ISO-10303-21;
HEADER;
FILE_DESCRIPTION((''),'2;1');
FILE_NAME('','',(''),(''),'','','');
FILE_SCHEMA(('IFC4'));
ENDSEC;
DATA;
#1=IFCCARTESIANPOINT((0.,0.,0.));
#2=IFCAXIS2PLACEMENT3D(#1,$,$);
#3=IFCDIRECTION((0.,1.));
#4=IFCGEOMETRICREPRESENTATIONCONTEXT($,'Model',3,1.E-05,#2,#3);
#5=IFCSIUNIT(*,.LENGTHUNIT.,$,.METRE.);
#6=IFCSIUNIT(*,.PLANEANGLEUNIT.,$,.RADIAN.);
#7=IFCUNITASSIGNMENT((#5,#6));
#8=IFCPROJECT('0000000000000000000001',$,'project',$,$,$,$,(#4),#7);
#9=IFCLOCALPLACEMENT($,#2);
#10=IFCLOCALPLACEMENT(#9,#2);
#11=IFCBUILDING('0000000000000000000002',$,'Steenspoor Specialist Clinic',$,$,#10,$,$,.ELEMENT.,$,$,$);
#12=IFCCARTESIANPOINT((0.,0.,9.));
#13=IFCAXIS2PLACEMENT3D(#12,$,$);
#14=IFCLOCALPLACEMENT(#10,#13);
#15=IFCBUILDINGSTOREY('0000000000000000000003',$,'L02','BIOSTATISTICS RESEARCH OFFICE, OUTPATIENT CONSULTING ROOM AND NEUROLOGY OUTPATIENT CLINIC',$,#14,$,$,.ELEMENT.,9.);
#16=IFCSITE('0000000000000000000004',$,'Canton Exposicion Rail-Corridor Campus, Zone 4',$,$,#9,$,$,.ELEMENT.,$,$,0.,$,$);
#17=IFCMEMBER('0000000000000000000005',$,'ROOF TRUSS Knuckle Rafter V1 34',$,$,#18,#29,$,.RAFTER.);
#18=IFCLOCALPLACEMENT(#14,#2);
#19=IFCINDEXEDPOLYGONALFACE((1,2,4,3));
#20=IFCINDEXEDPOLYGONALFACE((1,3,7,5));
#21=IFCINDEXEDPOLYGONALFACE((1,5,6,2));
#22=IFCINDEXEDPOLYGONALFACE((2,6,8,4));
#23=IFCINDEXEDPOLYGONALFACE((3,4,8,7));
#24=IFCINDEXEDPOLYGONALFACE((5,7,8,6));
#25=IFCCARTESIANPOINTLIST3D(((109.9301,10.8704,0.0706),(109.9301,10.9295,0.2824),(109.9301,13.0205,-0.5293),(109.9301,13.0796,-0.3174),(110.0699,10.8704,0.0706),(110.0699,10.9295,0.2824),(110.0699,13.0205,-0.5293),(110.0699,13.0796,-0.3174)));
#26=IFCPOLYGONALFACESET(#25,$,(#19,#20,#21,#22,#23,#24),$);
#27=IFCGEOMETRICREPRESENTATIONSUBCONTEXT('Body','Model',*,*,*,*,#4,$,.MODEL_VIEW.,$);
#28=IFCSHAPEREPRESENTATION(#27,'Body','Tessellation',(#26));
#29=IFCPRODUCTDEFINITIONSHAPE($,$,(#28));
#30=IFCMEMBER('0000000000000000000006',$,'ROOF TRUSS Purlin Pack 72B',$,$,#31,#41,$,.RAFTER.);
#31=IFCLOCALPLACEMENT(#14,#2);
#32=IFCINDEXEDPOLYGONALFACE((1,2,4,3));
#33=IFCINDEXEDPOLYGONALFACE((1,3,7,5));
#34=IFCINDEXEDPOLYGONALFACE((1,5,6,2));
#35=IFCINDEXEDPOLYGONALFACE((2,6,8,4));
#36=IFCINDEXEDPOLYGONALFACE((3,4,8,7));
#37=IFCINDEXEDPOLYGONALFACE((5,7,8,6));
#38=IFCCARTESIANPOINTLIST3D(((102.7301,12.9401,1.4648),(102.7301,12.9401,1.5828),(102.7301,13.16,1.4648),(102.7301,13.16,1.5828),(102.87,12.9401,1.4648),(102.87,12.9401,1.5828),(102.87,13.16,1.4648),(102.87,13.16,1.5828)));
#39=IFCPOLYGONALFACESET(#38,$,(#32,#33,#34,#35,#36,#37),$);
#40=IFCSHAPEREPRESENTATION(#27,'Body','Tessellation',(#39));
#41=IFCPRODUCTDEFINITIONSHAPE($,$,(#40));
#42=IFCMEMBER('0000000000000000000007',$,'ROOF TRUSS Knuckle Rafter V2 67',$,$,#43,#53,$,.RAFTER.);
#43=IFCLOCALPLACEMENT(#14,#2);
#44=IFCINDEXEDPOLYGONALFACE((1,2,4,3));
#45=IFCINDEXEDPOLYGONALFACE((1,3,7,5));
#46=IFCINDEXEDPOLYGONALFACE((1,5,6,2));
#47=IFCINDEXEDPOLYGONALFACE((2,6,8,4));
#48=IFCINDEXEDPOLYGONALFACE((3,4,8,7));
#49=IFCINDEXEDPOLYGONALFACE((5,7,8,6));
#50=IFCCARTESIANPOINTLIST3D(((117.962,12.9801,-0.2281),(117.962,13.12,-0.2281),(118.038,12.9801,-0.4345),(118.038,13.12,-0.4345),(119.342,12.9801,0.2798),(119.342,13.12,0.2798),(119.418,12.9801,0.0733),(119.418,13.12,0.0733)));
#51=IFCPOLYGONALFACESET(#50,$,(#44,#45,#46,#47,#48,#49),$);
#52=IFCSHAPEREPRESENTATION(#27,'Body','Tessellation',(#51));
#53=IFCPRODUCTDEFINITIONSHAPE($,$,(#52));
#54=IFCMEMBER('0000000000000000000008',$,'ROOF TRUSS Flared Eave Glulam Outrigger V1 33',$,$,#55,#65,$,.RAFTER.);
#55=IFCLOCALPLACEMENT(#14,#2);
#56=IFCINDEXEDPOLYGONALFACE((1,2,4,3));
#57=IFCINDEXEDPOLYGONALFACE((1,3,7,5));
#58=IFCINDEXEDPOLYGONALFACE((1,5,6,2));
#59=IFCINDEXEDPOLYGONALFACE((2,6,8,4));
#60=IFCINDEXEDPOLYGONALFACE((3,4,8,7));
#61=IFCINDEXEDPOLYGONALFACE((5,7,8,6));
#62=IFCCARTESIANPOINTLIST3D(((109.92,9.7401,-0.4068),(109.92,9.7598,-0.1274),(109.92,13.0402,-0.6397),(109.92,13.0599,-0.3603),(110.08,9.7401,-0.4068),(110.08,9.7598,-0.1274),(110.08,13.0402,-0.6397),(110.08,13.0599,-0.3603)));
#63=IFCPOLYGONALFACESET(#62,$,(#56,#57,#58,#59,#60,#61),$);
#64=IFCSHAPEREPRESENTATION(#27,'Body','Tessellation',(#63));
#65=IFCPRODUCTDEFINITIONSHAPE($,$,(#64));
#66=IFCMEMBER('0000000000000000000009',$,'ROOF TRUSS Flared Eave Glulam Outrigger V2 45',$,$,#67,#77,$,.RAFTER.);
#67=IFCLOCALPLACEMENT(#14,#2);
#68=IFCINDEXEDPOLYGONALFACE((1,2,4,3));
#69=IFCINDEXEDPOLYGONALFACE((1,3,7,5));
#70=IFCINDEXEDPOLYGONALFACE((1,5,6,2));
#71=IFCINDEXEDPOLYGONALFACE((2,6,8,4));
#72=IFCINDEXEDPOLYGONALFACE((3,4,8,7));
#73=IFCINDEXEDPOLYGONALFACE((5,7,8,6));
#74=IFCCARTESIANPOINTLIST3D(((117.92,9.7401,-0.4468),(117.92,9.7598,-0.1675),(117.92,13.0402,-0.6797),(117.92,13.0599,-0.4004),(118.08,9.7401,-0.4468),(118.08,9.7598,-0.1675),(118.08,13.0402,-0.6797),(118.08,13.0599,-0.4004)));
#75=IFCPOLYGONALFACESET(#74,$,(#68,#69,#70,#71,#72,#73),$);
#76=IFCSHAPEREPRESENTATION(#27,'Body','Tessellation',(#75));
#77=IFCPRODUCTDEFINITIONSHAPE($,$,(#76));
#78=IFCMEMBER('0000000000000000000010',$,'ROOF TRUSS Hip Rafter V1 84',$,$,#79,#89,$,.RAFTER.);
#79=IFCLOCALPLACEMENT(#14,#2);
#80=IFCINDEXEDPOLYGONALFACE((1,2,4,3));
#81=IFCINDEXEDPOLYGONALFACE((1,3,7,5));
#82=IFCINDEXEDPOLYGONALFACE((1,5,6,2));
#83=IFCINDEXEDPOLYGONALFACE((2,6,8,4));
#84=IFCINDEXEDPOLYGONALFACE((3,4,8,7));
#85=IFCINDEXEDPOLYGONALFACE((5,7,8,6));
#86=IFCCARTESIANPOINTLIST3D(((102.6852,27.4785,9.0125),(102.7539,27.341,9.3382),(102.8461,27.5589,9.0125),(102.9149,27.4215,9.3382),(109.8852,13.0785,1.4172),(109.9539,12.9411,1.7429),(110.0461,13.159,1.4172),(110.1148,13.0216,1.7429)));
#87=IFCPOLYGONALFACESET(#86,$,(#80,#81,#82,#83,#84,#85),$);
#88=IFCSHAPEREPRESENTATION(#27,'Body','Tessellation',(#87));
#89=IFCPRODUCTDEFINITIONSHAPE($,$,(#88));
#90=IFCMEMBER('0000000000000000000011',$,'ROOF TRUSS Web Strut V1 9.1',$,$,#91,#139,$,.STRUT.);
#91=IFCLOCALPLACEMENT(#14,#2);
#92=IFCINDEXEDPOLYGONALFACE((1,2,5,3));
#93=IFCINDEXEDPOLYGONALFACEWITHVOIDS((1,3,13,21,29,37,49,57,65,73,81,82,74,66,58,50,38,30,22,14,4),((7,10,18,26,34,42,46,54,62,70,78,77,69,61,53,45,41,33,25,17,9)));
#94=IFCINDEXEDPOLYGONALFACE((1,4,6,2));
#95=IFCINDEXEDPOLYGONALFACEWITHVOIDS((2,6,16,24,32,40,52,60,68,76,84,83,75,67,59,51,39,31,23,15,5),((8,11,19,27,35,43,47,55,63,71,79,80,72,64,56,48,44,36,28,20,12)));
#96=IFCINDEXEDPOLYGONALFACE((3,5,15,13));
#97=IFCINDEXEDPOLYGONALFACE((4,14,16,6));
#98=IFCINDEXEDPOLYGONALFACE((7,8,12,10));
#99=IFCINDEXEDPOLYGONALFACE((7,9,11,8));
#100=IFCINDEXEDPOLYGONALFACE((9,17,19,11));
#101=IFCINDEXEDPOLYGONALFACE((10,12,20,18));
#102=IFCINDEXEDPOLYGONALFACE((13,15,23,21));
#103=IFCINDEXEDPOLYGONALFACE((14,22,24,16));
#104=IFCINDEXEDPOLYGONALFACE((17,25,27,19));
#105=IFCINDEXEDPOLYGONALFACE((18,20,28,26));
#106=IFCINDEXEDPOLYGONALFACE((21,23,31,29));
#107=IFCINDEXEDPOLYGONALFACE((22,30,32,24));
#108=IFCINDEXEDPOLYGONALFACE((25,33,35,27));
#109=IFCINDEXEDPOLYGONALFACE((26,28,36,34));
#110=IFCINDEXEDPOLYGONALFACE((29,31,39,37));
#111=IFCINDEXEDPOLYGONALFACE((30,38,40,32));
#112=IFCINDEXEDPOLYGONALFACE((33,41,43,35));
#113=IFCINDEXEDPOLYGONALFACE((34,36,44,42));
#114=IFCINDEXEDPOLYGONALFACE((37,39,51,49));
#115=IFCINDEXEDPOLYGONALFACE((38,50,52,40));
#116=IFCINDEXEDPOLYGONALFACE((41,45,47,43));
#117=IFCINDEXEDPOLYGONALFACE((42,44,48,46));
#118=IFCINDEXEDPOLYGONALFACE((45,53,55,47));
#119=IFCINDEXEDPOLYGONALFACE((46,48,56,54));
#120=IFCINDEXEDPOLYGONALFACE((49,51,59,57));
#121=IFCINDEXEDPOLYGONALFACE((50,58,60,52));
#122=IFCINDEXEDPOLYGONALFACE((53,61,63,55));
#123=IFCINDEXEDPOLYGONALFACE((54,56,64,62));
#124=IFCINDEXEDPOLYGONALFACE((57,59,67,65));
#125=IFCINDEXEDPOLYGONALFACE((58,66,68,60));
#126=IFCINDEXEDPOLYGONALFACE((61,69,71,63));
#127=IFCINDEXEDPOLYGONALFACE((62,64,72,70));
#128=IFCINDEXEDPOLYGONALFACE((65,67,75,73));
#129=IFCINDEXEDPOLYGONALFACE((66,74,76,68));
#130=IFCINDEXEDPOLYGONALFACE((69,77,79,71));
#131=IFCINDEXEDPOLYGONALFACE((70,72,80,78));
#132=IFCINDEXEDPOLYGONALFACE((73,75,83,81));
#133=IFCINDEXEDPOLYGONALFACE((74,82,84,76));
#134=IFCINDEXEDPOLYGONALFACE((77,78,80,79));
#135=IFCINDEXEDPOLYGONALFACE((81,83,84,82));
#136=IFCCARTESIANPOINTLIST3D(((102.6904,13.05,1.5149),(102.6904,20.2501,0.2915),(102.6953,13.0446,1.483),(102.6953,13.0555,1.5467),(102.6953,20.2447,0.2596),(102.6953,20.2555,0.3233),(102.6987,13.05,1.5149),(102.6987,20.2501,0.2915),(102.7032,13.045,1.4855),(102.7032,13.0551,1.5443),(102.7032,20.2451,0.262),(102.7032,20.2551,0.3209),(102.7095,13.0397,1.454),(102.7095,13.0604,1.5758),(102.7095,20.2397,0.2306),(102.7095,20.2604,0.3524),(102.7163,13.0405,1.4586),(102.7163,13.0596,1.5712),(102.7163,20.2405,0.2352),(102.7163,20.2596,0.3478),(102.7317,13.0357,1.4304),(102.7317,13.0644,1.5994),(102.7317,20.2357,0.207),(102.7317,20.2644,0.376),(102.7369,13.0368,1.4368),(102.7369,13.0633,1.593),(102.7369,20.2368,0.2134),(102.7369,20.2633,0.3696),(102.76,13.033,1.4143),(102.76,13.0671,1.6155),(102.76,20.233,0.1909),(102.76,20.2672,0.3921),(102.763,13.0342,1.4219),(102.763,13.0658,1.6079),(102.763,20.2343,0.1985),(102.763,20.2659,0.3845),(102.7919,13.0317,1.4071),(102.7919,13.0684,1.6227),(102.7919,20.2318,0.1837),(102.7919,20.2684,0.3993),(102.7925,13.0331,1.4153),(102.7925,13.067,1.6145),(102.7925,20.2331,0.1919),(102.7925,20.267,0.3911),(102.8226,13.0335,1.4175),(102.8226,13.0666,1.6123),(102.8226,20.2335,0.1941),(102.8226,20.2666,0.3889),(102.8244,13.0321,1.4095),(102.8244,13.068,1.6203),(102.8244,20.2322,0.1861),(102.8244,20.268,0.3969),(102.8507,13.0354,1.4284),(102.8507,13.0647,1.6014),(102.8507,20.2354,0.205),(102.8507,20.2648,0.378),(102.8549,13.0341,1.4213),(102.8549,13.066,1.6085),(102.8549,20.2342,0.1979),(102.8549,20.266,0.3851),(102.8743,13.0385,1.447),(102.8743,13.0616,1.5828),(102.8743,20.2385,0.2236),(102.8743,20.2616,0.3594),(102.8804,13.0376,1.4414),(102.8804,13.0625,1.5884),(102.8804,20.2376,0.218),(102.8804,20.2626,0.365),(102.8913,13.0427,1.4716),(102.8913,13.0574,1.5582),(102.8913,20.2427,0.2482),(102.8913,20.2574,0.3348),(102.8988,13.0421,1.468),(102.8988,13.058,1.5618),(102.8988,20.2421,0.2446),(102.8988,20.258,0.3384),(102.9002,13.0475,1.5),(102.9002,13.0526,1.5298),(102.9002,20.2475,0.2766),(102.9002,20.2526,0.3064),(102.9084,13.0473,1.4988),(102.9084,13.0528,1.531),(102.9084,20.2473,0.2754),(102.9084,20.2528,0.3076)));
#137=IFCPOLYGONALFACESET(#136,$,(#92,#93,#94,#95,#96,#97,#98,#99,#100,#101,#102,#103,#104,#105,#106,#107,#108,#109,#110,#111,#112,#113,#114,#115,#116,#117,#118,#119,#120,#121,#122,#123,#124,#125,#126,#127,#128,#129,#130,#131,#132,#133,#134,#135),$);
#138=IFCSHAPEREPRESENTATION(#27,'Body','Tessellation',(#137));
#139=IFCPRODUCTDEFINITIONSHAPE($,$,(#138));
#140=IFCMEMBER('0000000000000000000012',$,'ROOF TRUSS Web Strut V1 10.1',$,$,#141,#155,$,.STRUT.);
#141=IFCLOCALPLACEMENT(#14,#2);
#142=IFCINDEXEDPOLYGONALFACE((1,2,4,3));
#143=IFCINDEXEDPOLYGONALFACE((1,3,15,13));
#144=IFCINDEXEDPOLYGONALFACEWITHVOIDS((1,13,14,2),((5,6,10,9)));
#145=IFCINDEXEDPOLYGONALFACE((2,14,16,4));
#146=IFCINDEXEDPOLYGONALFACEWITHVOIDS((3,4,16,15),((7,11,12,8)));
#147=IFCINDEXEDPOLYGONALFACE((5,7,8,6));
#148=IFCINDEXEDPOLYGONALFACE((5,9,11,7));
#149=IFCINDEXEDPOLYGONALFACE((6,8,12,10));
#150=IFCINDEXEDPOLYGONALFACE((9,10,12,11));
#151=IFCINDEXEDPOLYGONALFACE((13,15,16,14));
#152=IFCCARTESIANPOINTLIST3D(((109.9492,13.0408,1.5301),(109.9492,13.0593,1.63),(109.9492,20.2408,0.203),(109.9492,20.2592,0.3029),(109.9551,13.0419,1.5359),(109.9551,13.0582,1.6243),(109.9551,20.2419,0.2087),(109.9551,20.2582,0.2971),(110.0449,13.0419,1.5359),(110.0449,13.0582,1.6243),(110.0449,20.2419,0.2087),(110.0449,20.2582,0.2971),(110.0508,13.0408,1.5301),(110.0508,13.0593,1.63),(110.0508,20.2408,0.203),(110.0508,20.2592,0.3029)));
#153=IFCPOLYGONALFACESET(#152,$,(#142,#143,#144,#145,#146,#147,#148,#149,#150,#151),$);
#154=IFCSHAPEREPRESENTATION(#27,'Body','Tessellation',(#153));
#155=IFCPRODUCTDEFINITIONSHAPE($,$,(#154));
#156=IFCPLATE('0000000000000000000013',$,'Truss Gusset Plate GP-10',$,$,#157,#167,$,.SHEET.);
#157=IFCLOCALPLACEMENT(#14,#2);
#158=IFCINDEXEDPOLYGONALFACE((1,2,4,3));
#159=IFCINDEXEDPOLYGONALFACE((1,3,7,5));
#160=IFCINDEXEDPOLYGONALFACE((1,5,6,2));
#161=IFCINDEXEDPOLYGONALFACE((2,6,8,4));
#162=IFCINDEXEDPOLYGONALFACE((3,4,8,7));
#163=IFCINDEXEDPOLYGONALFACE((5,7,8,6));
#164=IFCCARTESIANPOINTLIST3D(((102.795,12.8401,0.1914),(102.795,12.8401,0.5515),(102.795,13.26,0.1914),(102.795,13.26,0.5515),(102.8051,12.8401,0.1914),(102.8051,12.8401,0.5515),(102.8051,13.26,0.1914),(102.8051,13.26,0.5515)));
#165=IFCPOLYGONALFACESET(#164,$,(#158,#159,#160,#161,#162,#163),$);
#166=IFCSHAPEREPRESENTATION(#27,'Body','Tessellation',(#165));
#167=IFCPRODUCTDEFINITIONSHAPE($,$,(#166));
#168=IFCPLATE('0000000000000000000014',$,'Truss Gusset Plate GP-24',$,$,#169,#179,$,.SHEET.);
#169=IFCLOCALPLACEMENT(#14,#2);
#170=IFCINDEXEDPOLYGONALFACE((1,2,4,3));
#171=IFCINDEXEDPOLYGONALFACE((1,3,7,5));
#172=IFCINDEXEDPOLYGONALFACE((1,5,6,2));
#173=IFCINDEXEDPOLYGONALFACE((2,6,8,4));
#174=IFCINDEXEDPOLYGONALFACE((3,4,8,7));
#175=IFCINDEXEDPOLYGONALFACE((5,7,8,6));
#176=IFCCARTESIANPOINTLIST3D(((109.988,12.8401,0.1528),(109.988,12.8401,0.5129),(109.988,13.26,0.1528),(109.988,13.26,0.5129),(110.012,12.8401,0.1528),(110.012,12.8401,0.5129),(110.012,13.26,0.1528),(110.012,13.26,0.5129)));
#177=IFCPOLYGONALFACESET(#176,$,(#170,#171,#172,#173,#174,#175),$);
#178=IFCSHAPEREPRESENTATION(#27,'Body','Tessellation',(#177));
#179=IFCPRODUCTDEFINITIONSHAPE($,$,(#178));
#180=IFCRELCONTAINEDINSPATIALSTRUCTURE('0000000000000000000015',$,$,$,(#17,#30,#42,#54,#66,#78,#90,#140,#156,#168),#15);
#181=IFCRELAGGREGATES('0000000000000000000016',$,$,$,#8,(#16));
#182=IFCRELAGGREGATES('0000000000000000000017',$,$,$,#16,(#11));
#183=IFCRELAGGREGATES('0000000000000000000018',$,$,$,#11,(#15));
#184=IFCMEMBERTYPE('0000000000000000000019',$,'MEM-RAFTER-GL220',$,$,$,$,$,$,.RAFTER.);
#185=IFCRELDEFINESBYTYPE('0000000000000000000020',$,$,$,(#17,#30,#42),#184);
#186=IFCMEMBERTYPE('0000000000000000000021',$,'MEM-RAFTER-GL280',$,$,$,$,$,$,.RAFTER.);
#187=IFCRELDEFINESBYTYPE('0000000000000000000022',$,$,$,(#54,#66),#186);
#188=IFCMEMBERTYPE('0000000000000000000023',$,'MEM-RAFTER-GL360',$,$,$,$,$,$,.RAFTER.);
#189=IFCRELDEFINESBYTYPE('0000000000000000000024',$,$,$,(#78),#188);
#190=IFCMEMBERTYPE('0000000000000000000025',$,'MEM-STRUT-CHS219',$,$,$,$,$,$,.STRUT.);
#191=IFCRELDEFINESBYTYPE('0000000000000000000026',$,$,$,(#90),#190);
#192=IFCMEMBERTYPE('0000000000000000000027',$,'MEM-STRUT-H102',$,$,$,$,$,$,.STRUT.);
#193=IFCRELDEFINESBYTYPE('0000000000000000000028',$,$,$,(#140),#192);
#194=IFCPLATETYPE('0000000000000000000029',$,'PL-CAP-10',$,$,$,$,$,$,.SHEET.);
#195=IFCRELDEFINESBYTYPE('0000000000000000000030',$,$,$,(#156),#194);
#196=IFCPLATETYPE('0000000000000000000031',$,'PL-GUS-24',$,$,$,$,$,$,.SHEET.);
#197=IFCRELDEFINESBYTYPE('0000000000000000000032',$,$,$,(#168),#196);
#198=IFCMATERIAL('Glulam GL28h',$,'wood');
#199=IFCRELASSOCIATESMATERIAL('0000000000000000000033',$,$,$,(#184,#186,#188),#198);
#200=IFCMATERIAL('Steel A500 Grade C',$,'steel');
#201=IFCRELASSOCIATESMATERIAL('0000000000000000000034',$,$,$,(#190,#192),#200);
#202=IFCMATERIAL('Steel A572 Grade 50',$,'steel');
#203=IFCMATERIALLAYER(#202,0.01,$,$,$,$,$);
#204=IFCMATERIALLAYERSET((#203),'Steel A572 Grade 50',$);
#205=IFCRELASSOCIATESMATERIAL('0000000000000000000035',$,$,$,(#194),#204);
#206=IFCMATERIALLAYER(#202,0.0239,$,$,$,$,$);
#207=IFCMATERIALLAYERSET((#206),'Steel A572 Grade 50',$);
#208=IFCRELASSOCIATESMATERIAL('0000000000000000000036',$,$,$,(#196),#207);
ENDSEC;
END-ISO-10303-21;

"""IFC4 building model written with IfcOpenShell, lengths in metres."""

from ifc_helpers import new_model, si_unit, direction, frame, origin, origin_2d, place, context, subcontext, project, spatial, rectangle, hollow_rectangle, hollow_circle, extrude, material, layer, layer_set, material_profile, profile_set, type_object, element, save


model = new_model("IFC4")

# Units and contexts
model_context = context("Model", 3, precision=1e-05, world=origin(), true_north=direction((0.0, 1.0)))
body_context = subcontext(model_context, "Body", "Model", "MODEL_VIEW")
ifc_project = project(units=[si_unit("LENGTHUNIT", "METRE"), si_unit("PLANEANGLEUNIT", "RADIAN")], contexts=[model_context])

# Site, building, storey
site_placement = place(None, origin())
site = spatial("IfcSite", under=ifc_project, at=site_placement, Name="Canton Exposicion Rail-Corridor Campus, Zone 4", CompositionType="ELEMENT", RefElevation=0.0)
building_placement = place(site_placement, origin())
building = spatial("IfcBuilding", under=site, at=building_placement, Name="Steenspoor Specialist Clinic", CompositionType="ELEMENT")
storey_placement = place(building_placement, frame((0.0, 0.0, 9.0)))
storey = spatial("IfcBuildingStorey", under=building, at=storey_placement, Name="L02", Description="BIOSTATISTICS RESEARCH OFFICE, OUTPATIENT CONSULTING ROOM AND NEUROLOGY OUTPATIENT CLINIC", CompositionType="ELEMENT", Elevation=9.0)

# Members
ifc_material_1 = material(Name="Steel A500 Grade C", Category="steel")
ifc_material_2 = material(Name="Glulam GL28h", Category="wood")
ifc_material_profile_1 = material_profile(ifc_material_2, rectangle(XDim=0.1399, YDim=0.22, at=origin_2d()), Name="GL28H-140X220")
ifc_profile_set_1 = profile_set([ifc_material_profile_1], Name="Glulam GL28h")
member_type_1 = type_object("IfcMemberType", Name="MEM-RAFTER-GL220", PredefinedType="RAFTER", material=ifc_profile_set_1)
member_1_placement = place(storey_placement, frame((110.0, 13.05, -0.4233), z_axis=(0.0, -0.963218, 0.268721), x_axis=(1.0, 0.0, 0.0)))
element("IfcMember", 1, at=member_1_placement, inside=storey, type_object=member_type_1, Name="ROOF TRUSS Knuckle Rafter V1 34", PredefinedType="RAFTER", context=body_context, shape_type="SweptSolid", body=[
    extrude(rectangle(XDim=0.1399, YDim=0.22, at=origin_2d()), origin(), (0.0, 0.0, 1.0), 2.2322),
])
member_2_placement = place(storey_placement, frame((102.8, 13.05, 1.4648), z_axis=(0.0, 0.0, 1.0), x_axis=(1.0, 0.0, 0.0)))
element("IfcMember", 2, at=member_2_placement, inside=storey, type_object=member_type_1, Name="ROOF TRUSS Purlin Pack 72B", PredefinedType="RAFTER", context=body_context, shape_type="SweptSolid", body=[
    extrude(rectangle(XDim=0.1399, YDim=0.22, at=origin_2d()), origin(), (0.0, 0.0, 1.0), 0.1179),
])
member_3_placement = place(storey_placement, frame((118.0, 13.05, -0.3313), z_axis=(0.938468, 0.0, 0.345367), x_axis=(0.0, 1.0, 0.0)))
element("IfcMember", 3, at=member_3_placement, inside=storey, type_object=member_type_1, Name="ROOF TRUSS Knuckle Rafter V2 67", PredefinedType="RAFTER", context=body_context, shape_type="SweptSolid", body=[
    extrude(rectangle(XDim=0.1399, YDim=0.22, at=origin_2d()), origin(), (0.0, 0.0, 1.0), 1.4705),
])
ifc_material_profile_2 = material_profile(ifc_material_2, rectangle(XDim=0.1599, YDim=0.28, at=origin_2d()), Name="GL28H-160X280")
ifc_profile_set_2 = profile_set([ifc_material_profile_2], Name="Glulam GL28h")
member_type_2 = type_object("IfcMemberType", Name="MEM-RAFTER-GL280", PredefinedType="RAFTER", material=ifc_profile_set_2)
for number, where, z_axis, x_axis, name in (
    (4, (110.0, 13.05, -0.5), (0.0, -0.997519, 0.070403), (1.0, 0.0, 0.0), "ROOF TRUSS Flared Eave Glulam Outrigger V1 33"),
    (5, (118.0, 13.05, -0.54), (0.0, -0.997519, 0.070403), (1.0, 0.0, 0.0), "ROOF TRUSS Flared Eave Glulam Outrigger V2 45"),
):
    element("IfcMember", number, at=place(storey_placement, frame(where, z_axis=z_axis, x_axis=x_axis)), inside=storey, type_object=member_type_2, Name=name, PredefinedType="RAFTER", context=body_context, shape_type="SweptSolid", body=[
        extrude(rectangle(XDim=0.1599, YDim=0.28, at=origin_2d()), origin(), (0.0, 0.0, 1.0), 3.3083),
    ])
ifc_material_profile_3 = material_profile(ifc_material_2, rectangle(XDim=0.1799, YDim=0.3601, at=origin_2d()), Name="GL28H-180X360")
ifc_profile_set_3 = profile_set([ifc_material_profile_3], Name="Glulam GL28h")
member_type_3 = type_object("IfcMemberType", Name="MEM-RAFTER-GL360", PredefinedType="RAFTER", material=ifc_profile_set_3)
member_4_placement = place(storey_placement, frame((110.0, 13.05, 1.5801), z_axis=(-0.404464, 0.808927, 0.426668), x_axis=(-0.894427, -0.447214, 0.0)))
element("IfcMember", 6, at=member_4_placement, inside=storey, type_object=member_type_3, Name="ROOF TRUSS Hip Rafter V1 84", PredefinedType="RAFTER", context=body_context, shape_type="SweptSolid", body=[
    extrude(rectangle(XDim=0.1799, YDim=0.3601, at=origin_2d()), origin(), (0.0, 0.0, 1.0), 17.8013),
])
ifc_material_profile_4 = material_profile(ifc_material_1, hollow_circle(Radius=0.1096, WallThickness=0.0083, at=origin_2d()), Name="CHS219X8.2")
ifc_profile_set_4 = profile_set([ifc_material_profile_4], Name="Steel A500 Grade C")
member_type_4 = type_object("IfcMemberType", Name="MEM-STRUT-CHS219", PredefinedType="STRUT", material=ifc_profile_set_4)
member_5_placement = place(storey_placement, frame((102.8, 13.05, 1.5149), z_axis=(0.0, 0.985869, -0.167515), x_axis=(-1.0, 0.0, 0.0)))
element("IfcMember", 7, at=member_5_placement, inside=storey, type_object=member_type_4, Name="ROOF TRUSS Web Strut V1 9.1", PredefinedType="STRUT", context=body_context, shape_type="SweptSolid", body=[
    extrude(hollow_circle(Radius=0.1096, WallThickness=0.0083, at=origin_2d()), origin(), (0.0, 0.0, 1.0), 7.3032),
])
ifc_material_profile_5 = material_profile(ifc_material_1, hollow_rectangle(XDim=0.1016, YDim=0.1016, WallThickness=0.0059, at=origin_2d()), Name="HSS102X102X6.4")
ifc_profile_set_5 = profile_set([ifc_material_profile_5], Name="Steel A500 Grade C")
member_type_5 = type_object("IfcMemberType", Name="MEM-STRUT-H102", PredefinedType="STRUT", material=ifc_profile_set_5)
member_6_placement = place(storey_placement, frame((110.0, 13.05, 1.5801), z_axis=(0.0, 0.983433, -0.181274), x_axis=(-1.0, 0.0, 0.0)))
element("IfcMember", 8, at=member_6_placement, inside=storey, type_object=member_type_5, Name="ROOF TRUSS Web Strut V1 10.1", PredefinedType="STRUT", context=body_context, shape_type="SweptSolid", body=[
    extrude(hollow_rectangle(XDim=0.1016, YDim=0.1016, WallThickness=0.0059, at=origin_2d()), origin(), (0.0, 0.0, 1.0), 7.3213),
])

# Plates
ifc_material_3 = material(Name="Steel A572 Grade 50", Category="steel")
ifc_layer_1 = layer(ifc_material_3, 0.01)
ifc_layer_set_1 = layer_set([ifc_layer_1], Name="Steel A572 Grade 50")
plate_type_1 = type_object("IfcPlateType", Name="PL-CAP-10", PredefinedType="SHEET", material=ifc_layer_set_1)
plate_1_placement = place(storey_placement, frame((102.8, 13.05, 0.1914), z_axis=(0.0, 0.0, 1.0), x_axis=(1.0, 0.0, 0.0)))
element("IfcPlate", 9, at=plate_1_placement, inside=storey, type_object=plate_type_1, Name="Truss Gusset Plate GP-10", PredefinedType="SHEET", context=body_context, shape_type="SweptSolid", body=[
    extrude(rectangle(XDim=0.01, YDim=0.4199, at=origin_2d()), origin(), (0.0, 0.0, 1.0), 0.3601),
])
ifc_layer_2 = layer(ifc_material_3, 0.0239)
ifc_layer_set_2 = layer_set([ifc_layer_2], Name="Steel A572 Grade 50")
plate_type_2 = type_object("IfcPlateType", Name="PL-GUS-24", PredefinedType="SHEET", material=ifc_layer_set_2)
plate_2_placement = place(storey_placement, frame((110.0, 13.05, 0.1528), z_axis=(0.0, 0.0, 1.0), x_axis=(1.0, 0.0, 0.0)))
element("IfcPlate", 10, at=plate_2_placement, inside=storey, type_object=plate_type_2, Name="Truss Gusset Plate GP-24", PredefinedType="SHEET", context=body_context, shape_type="SweptSolid", body=[
    extrude(rectangle(XDim=0.0239, YDim=0.4199, at=origin_2d()), origin(), (0.0, 0.0, 1.0), 0.3601),
])

save(model, "model.ifc")
